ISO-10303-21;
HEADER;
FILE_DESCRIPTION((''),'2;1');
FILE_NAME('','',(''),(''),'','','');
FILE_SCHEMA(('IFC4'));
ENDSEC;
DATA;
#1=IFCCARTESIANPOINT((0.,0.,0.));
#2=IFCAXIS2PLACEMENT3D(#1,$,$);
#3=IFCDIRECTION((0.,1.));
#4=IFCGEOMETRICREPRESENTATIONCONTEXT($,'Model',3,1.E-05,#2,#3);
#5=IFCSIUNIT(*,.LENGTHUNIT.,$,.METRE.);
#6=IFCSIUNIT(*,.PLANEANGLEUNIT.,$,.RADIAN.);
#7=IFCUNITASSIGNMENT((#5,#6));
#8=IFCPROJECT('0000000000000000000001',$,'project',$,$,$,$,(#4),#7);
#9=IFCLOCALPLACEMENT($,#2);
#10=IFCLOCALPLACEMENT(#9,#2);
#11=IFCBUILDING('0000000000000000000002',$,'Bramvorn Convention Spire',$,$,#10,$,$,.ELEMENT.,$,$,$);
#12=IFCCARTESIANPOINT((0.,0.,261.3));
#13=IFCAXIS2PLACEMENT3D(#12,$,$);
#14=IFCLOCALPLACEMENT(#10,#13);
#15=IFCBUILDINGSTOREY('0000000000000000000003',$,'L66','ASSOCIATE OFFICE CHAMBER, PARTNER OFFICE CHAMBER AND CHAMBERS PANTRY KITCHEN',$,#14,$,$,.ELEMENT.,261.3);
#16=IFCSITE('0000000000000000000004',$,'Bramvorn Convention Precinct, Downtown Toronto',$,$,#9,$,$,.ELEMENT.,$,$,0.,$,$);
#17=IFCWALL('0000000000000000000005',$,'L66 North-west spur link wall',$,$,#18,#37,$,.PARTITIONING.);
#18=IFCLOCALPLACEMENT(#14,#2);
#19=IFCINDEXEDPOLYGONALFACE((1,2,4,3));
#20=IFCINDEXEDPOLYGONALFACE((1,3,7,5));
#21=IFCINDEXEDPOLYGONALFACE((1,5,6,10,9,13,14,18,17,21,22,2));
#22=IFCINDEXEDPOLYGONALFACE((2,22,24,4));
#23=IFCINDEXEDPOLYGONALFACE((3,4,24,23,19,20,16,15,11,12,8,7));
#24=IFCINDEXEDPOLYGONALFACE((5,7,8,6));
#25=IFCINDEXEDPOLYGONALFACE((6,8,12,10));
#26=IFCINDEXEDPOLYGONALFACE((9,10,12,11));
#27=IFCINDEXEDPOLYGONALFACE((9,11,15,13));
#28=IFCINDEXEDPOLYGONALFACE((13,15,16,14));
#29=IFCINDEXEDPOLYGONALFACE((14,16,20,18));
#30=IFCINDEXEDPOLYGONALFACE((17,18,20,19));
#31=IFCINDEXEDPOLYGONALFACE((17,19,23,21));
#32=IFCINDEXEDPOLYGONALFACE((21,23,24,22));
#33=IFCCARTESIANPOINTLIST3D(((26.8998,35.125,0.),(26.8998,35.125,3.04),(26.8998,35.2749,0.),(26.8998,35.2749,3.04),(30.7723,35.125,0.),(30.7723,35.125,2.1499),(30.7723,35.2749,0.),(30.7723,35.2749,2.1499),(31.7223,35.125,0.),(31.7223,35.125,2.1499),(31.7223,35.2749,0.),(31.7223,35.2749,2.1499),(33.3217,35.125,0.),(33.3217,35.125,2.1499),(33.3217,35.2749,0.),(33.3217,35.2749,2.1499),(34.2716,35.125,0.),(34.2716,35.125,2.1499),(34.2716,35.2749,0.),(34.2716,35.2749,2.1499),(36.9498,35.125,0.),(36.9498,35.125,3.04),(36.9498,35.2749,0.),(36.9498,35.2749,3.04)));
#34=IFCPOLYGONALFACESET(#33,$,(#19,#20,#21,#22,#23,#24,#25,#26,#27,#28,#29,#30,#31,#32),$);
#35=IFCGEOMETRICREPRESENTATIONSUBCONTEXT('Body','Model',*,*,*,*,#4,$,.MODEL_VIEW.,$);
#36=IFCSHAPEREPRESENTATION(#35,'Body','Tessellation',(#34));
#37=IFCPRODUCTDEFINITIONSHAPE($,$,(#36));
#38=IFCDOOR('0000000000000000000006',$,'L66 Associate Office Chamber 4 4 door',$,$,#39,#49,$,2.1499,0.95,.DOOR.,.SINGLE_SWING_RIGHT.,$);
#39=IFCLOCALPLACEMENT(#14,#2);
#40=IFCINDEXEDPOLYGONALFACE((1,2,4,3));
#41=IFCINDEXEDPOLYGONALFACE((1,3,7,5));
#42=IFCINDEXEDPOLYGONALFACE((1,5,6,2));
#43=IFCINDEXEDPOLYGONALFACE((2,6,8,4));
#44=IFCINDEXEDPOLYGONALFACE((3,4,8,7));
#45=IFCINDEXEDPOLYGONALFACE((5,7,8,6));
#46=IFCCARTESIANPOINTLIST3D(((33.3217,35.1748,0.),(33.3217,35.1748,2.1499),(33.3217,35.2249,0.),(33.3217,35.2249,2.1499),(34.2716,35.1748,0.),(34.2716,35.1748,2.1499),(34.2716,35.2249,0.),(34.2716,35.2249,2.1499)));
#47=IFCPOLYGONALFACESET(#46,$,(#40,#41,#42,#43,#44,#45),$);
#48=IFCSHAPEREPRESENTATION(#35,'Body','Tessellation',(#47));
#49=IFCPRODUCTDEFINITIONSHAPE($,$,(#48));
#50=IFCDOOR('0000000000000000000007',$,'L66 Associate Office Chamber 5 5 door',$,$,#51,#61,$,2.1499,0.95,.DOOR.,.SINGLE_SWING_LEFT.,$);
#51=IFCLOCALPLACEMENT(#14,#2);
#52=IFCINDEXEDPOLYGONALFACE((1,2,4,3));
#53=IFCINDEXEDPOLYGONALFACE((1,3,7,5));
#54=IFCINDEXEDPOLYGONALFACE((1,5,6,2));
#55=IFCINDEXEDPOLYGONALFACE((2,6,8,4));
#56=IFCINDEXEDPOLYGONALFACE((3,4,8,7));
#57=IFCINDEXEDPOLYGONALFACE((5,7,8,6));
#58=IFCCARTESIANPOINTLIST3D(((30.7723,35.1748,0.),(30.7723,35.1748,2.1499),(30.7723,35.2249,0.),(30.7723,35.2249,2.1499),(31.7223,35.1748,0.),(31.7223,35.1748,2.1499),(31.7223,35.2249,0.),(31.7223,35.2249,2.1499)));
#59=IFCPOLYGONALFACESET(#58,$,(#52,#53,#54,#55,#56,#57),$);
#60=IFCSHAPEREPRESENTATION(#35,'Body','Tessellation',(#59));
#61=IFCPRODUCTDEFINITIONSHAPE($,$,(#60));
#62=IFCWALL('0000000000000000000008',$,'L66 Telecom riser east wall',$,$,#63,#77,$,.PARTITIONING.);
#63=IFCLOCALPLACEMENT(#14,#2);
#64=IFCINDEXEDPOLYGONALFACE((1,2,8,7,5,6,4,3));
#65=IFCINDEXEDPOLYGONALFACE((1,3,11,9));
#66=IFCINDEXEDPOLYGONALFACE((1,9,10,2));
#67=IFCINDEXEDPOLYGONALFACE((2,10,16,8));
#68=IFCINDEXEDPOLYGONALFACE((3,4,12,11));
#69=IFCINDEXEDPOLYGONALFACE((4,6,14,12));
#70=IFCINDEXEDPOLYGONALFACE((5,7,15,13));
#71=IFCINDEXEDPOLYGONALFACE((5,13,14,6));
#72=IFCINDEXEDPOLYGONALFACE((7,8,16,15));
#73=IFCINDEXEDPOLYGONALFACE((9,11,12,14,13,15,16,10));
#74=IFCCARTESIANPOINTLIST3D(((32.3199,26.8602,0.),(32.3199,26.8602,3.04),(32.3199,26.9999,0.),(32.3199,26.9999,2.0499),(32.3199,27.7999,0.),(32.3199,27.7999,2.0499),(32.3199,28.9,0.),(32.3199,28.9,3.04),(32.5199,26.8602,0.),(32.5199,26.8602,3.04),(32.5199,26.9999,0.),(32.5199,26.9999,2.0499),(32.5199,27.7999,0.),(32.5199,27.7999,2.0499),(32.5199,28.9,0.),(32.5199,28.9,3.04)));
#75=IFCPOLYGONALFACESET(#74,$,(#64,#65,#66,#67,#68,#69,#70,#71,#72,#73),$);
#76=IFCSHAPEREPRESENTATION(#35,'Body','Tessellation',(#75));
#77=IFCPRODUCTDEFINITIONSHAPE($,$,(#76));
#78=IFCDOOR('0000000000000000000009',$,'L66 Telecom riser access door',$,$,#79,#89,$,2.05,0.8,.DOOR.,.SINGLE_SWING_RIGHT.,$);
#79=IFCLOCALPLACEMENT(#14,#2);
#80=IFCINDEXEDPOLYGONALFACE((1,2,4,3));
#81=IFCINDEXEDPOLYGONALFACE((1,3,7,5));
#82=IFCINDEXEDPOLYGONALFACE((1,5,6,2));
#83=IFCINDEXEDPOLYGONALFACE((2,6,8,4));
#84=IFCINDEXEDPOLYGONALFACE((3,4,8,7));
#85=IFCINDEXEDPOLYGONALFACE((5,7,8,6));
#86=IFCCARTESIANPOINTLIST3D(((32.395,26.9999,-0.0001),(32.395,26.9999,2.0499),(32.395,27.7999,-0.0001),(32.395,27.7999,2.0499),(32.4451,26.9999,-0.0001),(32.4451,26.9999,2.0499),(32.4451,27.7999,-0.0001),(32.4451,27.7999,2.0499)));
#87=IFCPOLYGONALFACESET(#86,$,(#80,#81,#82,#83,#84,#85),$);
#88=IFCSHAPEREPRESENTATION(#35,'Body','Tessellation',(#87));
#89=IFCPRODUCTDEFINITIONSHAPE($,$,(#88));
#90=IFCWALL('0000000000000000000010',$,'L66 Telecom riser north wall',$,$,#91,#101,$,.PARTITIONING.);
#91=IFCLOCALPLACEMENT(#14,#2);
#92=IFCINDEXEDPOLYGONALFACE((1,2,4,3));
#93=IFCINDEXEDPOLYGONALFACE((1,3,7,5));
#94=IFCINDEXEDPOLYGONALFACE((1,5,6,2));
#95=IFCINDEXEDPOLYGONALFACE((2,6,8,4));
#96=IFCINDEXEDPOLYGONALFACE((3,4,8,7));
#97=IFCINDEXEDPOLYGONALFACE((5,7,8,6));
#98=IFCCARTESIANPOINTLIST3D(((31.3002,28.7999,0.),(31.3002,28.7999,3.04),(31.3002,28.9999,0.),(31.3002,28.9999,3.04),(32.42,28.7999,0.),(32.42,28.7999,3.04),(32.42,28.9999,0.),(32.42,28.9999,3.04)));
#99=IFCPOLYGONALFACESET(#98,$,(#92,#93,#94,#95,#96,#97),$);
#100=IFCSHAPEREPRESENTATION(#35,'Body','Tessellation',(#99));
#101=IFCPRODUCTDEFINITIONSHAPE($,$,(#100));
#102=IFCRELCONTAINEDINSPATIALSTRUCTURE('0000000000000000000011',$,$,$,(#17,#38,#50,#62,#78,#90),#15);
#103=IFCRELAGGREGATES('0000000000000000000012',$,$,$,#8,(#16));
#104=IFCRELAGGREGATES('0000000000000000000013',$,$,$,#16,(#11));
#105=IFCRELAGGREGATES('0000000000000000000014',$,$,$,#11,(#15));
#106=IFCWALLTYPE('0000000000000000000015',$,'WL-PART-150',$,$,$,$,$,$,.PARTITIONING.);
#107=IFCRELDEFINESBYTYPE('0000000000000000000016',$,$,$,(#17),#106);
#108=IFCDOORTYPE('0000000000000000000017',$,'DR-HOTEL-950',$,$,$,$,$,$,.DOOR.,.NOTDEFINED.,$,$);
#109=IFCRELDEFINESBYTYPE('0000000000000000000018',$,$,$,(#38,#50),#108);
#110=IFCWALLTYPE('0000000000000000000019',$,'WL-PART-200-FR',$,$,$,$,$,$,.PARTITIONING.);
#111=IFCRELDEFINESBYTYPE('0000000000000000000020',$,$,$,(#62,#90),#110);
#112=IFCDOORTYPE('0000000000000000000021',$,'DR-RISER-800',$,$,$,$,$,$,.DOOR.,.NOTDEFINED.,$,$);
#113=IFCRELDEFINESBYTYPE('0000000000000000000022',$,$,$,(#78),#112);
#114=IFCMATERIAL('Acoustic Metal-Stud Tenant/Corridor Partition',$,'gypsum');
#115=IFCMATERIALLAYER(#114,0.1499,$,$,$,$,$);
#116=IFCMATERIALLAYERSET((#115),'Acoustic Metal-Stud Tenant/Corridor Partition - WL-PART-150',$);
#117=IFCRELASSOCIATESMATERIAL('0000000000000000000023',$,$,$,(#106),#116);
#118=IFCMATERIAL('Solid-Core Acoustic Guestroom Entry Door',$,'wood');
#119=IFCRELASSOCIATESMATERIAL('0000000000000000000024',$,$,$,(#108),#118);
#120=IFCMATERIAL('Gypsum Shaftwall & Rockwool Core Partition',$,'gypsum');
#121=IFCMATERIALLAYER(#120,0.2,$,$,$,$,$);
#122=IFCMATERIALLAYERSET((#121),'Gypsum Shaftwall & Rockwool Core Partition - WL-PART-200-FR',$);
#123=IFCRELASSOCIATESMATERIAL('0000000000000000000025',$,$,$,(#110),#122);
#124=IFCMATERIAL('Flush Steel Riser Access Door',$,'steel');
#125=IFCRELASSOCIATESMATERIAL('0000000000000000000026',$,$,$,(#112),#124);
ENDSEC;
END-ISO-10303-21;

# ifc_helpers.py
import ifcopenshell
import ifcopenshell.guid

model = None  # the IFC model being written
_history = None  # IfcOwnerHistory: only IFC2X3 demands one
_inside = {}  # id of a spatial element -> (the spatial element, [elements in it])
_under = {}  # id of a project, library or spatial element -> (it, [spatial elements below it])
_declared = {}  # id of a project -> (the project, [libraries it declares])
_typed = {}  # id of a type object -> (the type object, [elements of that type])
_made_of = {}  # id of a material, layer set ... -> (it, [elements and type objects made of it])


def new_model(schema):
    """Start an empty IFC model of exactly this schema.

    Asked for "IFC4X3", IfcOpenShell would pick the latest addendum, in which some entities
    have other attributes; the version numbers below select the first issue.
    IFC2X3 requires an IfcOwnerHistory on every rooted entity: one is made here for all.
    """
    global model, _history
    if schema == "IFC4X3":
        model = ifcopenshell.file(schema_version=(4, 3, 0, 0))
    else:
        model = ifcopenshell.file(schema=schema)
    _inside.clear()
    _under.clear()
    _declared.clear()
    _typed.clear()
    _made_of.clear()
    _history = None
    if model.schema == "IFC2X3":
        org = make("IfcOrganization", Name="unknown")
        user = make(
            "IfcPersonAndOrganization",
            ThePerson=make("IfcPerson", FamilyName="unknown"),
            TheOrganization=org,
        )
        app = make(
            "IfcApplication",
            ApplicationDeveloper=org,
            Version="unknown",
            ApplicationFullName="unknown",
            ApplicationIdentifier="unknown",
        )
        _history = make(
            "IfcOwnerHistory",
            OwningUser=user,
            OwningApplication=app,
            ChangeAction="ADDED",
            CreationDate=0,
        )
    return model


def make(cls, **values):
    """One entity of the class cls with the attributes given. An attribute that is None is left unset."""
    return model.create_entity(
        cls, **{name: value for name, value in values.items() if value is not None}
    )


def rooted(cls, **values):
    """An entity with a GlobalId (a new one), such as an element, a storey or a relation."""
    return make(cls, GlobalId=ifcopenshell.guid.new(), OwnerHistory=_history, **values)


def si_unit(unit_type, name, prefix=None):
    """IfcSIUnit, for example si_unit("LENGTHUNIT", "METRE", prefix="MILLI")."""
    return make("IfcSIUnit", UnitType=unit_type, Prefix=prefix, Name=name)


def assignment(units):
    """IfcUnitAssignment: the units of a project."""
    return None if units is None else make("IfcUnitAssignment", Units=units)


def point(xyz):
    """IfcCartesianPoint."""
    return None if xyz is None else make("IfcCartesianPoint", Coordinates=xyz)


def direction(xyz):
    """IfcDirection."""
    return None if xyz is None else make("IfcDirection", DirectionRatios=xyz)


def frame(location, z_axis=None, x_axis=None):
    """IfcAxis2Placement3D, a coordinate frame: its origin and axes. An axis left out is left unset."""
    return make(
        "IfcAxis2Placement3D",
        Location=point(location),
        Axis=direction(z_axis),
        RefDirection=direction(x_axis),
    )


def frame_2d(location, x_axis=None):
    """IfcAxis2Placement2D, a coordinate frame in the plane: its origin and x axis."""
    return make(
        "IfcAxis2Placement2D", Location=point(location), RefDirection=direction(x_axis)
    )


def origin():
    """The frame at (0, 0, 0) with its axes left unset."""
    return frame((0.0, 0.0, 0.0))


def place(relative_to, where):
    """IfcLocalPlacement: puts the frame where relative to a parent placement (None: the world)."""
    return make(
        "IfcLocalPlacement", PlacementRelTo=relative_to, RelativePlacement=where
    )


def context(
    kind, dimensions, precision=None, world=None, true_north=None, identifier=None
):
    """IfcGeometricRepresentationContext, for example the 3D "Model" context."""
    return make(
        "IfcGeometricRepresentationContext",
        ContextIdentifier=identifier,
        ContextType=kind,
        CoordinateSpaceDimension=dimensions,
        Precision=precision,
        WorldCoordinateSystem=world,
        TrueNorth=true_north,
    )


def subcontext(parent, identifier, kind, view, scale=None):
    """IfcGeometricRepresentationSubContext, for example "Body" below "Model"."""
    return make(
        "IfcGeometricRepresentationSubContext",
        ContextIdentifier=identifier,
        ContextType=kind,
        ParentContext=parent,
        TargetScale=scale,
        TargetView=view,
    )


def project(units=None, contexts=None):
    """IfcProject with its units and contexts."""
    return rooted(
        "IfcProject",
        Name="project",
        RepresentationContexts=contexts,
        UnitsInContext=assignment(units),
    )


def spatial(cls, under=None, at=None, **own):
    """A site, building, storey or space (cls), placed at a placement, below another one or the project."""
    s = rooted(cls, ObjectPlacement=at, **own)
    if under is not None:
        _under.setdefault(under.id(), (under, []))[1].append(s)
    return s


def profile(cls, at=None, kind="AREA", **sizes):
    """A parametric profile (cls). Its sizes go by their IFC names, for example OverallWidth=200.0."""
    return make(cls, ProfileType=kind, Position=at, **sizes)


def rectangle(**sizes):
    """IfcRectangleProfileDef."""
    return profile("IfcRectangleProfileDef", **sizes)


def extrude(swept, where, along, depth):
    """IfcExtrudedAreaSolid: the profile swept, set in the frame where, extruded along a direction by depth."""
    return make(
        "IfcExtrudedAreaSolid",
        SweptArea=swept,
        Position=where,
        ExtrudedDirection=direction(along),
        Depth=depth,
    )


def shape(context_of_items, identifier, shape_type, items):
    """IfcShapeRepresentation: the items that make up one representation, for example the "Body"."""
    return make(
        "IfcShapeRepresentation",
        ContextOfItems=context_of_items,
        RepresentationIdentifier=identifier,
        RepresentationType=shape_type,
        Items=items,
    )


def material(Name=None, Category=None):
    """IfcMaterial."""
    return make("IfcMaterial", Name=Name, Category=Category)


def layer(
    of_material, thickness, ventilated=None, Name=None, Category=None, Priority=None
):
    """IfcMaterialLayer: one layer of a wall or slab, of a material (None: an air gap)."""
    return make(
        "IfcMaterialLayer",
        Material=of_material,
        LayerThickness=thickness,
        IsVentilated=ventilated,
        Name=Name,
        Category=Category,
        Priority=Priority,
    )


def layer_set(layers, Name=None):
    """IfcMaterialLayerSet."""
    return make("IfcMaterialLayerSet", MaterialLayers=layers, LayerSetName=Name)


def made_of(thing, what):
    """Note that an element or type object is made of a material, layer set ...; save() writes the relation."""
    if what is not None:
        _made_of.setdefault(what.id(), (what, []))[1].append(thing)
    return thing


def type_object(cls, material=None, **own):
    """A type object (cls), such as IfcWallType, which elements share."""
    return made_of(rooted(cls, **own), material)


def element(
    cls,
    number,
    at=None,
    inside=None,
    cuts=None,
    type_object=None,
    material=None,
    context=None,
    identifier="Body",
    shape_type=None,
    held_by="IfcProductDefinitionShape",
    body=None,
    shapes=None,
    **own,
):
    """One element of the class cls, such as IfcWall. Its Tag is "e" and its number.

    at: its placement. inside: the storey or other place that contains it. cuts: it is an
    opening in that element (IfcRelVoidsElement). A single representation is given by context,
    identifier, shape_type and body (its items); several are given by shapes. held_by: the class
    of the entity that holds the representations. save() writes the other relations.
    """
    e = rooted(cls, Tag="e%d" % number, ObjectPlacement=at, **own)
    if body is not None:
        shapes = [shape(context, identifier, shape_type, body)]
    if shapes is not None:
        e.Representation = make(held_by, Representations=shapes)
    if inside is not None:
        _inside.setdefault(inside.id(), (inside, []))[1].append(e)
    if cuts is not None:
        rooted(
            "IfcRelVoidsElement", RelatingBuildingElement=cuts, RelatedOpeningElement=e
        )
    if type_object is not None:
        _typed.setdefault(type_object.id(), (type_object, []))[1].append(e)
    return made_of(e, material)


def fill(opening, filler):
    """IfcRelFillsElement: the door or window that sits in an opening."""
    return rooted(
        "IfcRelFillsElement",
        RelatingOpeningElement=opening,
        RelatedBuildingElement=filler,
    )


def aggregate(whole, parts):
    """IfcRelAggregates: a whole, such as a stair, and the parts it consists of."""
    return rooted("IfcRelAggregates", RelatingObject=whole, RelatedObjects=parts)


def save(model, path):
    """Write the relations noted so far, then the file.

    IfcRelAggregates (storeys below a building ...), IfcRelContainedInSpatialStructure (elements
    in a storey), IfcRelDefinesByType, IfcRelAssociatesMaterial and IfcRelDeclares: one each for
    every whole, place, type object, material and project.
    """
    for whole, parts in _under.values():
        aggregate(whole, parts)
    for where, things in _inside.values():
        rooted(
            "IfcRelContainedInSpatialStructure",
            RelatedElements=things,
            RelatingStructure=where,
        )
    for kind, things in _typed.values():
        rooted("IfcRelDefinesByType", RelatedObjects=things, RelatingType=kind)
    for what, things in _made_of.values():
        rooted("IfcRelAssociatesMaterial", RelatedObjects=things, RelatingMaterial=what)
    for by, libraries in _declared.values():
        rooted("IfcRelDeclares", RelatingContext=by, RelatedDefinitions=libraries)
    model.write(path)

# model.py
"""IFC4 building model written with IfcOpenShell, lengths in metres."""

from ifc_helpers import new_model, si_unit, direction, frame, frame_2d, origin, place, context, subcontext, project, spatial, rectangle, extrude, material, layer, layer_set, type_object, element, fill, save


model = new_model("IFC4")

# Units and contexts
model_context = context("Model", 3, precision=1e-05, world=origin(), true_north=direction((0.0, 1.0)))
body_context = subcontext(model_context, "Body", "Model", "MODEL_VIEW")
ifc_project = project(units=[si_unit("LENGTHUNIT", "METRE"), si_unit("PLANEANGLEUNIT", "RADIAN")], contexts=[model_context])

# Site, building, storey
site_placement = place(None, origin())
site = spatial("IfcSite", under=ifc_project, at=site_placement, Name="Bramvorn Convention Precinct, Downtown Toronto", CompositionType="ELEMENT", RefElevation=0.0)
building_placement = place(site_placement, origin())
building = spatial("IfcBuilding", under=site, at=building_placement, Name="Bramvorn Convention Spire", CompositionType="ELEMENT")
storey_placement = place(building_placement, frame((0.0, 0.0, 261.3)))
storey = spatial("IfcBuildingStorey", under=building, at=storey_placement, Name="L66", Description="ASSOCIATE OFFICE CHAMBER, PARTNER OFFICE CHAMBER AND CHAMBERS PANTRY KITCHEN", CompositionType="ELEMENT", Elevation=261.3)

# Wall, openings, doors
ifc_material_1 = material(Name="Acoustic Metal-Stud Tenant/Corridor Partition", Category="gypsum")
ifc_layer_1 = layer(ifc_material_1, 0.1499)
ifc_layer_set_1 = layer_set([ifc_layer_1], Name="Acoustic Metal-Stud Tenant/Corridor Partition - WL-PART-150")
wall_type_1 = type_object("IfcWallType", Name="WL-PART-150", PredefinedType="PARTITIONING", material=ifc_layer_set_1)
wall_1_placement = place(storey_placement, frame((26.8999, 35.2, 0.0), z_axis=(0.0, 0.0, 1.0), x_axis=(1.0, 0.0, 0.0)))
wall_1 = element("IfcWall", 1, at=wall_1_placement, inside=storey, type_object=wall_type_1, Name="L66 North-west spur link wall", PredefinedType="PARTITIONING", context=body_context, shape_type="SweptSolid", body=[
    extrude(rectangle(XDim=10.05, YDim=0.1499, at=frame_2d((5.0249, 0.0))), origin(), (0.0, 0.0, 1.0), 3.04),
])
opening_1_placement = place(wall_1_placement, frame((6.4216, 0.0, 0.0)))
opening_1 = element("IfcOpeningElement", 2, at=opening_1_placement, cuts=wall_1, PredefinedType="OPENING", context=body_context, shape_type="SweptSolid", body=[
    extrude(rectangle(XDim=0.95, YDim=2.1499, at=frame_2d((0.4751, 1.075))), frame((0.0, 0.085, 0.0), z_axis=(0.0, -1.0, 0.0), x_axis=(1.0, 0.0, 0.0)), (0.0, 0.0, 1.0), 0.1699),
])
opening_2_placement = place(wall_1_placement, frame((3.8723, 0.0, 0.0)))
opening_2 = element("IfcOpeningElement", 3, at=opening_2_placement, cuts=wall_1, PredefinedType="OPENING", context=body_context, shape_type="SweptSolid", body=[
    extrude(rectangle(XDim=0.95, YDim=2.1499, at=frame_2d((0.4751, 1.075))), frame((0.0, 0.085, 0.0), z_axis=(0.0, -1.0, 0.0), x_axis=(1.0, 0.0, 0.0)), (0.0, 0.0, 1.0), 0.1699),
])
ifc_material_2 = material(Name="Solid-Core Acoustic Guestroom Entry Door", Category="wood")
door_type_1 = type_object("IfcDoorType", Name="DR-HOTEL-950", OperationType="NOTDEFINED", PredefinedType="DOOR", material=ifc_material_2)
door_1_placement = place(opening_1_placement, origin())
door_1 = element("IfcDoor", 4, at=door_1_placement, inside=storey, type_object=door_type_1, Name="L66 Associate Office Chamber 4 4 door", OperationType="SINGLE_SWING_RIGHT", OverallHeight=2.1499, OverallWidth=0.95, PredefinedType="DOOR", context=body_context, shape_type="SweptSolid", body=[
    extrude(rectangle(XDim=0.95, YDim=2.1499, at=frame_2d((0.4751, 1.075))), frame((0.0, 0.0249, 0.0), z_axis=(0.0, -1.0, 0.0), x_axis=(1.0, 0.0, 0.0)), (0.0, 0.0, 1.0), 0.05),
])
fill(opening_1, door_1)
door_2_placement = place(opening_2_placement, origin())
door_2 = element("IfcDoor", 5, at=door_2_placement, inside=storey, type_object=door_type_1, Name="L66 Associate Office Chamber 5 5 door", OperationType="SINGLE_SWING_LEFT", OverallHeight=2.1499, OverallWidth=0.95, PredefinedType="DOOR", context=body_context, shape_type="SweptSolid", body=[
    extrude(rectangle(XDim=0.95, YDim=2.1499, at=frame_2d((0.4751, 1.075))), frame((0.0, 0.0249, 0.0), z_axis=(0.0, -1.0, 0.0), x_axis=(1.0, 0.0, 0.0)), (0.0, 0.0, 1.0), 0.05),
])
fill(opening_2, door_2)

# Wall, opening, door
ifc_material_3 = material(Name="Gypsum Shaftwall & Rockwool Core Partition", Category="gypsum")
ifc_layer_2 = layer(ifc_material_3, 0.2)
ifc_layer_set_2 = layer_set([ifc_layer_2], Name="Gypsum Shaftwall & Rockwool Core Partition - WL-PART-200-FR")
wall_type_2 = type_object("IfcWallType", Name="WL-PART-200-FR", PredefinedType="PARTITIONING", material=ifc_layer_set_2)
wall_2_placement = place(storey_placement, frame((32.4199, 26.8601, 0.0), z_axis=(0.0, 0.0, 1.0), x_axis=(0.0, 1.0, 0.0)))
wall_2 = element("IfcWall", 6, at=wall_2_placement, inside=storey, type_object=wall_type_2, Name="L66 Telecom riser east wall", PredefinedType="PARTITIONING", context=body_context, shape_type="SweptSolid", body=[
    extrude(rectangle(XDim=2.0398, YDim=0.2, at=frame_2d((1.02, 0.0))), origin(), (0.0, 0.0, 1.0), 3.04),
])
opening_3_placement = place(wall_2_placement, frame((0.1399, 0.0, 0.0)))
opening_3 = element("IfcOpeningElement", 7, at=opening_3_placement, cuts=wall_2, PredefinedType="OPENING", context=body_context, shape_type="SweptSolid", body=[
    extrude(rectangle(XDim=0.8, YDim=2.05, at=frame_2d((0.3999, 1.0249))), frame((0.0, 0.1099, 0.0), z_axis=(0.0, -1.0, 0.0), x_axis=(1.0, 0.0, 0.0)), (0.0, 0.0, 1.0), 0.22),
])
ifc_material_4 = material(Name="Flush Steel Riser Access Door", Category="steel")
door_type_2 = type_object("IfcDoorType", Name="DR-RISER-800", OperationType="NOTDEFINED", PredefinedType="DOOR", material=ifc_material_4)
door_3_placement = place(opening_3_placement, origin())
door_3 = element("IfcDoor", 8, at=door_3_placement, inside=storey, type_object=door_type_2, Name="L66 Telecom riser access door", OperationType="SINGLE_SWING_RIGHT", OverallHeight=2.05, OverallWidth=0.8, PredefinedType="DOOR", context=body_context, shape_type="SweptSolid", body=[
    extrude(rectangle(XDim=0.8, YDim=2.05, at=frame_2d((0.3999, 1.0249))), frame((0.0, 0.0249, 0.0), z_axis=(0.0, -1.0, 0.0), x_axis=(1.0, 0.0, 0.0)), (0.0, 0.0, 1.0), 0.05),
])
fill(opening_3, door_3)

# Wall
wall_3_placement = place(storey_placement, frame((31.3, 28.8999, 0.0), z_axis=(0.0, 0.0, 1.0), x_axis=(1.0, 0.0, 0.0)))
element("IfcWall", 9, at=wall_3_placement, inside=storey, type_object=wall_type_2, Name="L66 Telecom riser north wall", PredefinedType="PARTITIONING", context=body_context, shape_type="SweptSolid", body=[
    extrude(rectangle(XDim=1.1199, YDim=0.2, at=frame_2d((0.5601, 0.0))), origin(), (0.0, 0.0, 1.0), 3.04),
])

save(model, "model.ifc")
